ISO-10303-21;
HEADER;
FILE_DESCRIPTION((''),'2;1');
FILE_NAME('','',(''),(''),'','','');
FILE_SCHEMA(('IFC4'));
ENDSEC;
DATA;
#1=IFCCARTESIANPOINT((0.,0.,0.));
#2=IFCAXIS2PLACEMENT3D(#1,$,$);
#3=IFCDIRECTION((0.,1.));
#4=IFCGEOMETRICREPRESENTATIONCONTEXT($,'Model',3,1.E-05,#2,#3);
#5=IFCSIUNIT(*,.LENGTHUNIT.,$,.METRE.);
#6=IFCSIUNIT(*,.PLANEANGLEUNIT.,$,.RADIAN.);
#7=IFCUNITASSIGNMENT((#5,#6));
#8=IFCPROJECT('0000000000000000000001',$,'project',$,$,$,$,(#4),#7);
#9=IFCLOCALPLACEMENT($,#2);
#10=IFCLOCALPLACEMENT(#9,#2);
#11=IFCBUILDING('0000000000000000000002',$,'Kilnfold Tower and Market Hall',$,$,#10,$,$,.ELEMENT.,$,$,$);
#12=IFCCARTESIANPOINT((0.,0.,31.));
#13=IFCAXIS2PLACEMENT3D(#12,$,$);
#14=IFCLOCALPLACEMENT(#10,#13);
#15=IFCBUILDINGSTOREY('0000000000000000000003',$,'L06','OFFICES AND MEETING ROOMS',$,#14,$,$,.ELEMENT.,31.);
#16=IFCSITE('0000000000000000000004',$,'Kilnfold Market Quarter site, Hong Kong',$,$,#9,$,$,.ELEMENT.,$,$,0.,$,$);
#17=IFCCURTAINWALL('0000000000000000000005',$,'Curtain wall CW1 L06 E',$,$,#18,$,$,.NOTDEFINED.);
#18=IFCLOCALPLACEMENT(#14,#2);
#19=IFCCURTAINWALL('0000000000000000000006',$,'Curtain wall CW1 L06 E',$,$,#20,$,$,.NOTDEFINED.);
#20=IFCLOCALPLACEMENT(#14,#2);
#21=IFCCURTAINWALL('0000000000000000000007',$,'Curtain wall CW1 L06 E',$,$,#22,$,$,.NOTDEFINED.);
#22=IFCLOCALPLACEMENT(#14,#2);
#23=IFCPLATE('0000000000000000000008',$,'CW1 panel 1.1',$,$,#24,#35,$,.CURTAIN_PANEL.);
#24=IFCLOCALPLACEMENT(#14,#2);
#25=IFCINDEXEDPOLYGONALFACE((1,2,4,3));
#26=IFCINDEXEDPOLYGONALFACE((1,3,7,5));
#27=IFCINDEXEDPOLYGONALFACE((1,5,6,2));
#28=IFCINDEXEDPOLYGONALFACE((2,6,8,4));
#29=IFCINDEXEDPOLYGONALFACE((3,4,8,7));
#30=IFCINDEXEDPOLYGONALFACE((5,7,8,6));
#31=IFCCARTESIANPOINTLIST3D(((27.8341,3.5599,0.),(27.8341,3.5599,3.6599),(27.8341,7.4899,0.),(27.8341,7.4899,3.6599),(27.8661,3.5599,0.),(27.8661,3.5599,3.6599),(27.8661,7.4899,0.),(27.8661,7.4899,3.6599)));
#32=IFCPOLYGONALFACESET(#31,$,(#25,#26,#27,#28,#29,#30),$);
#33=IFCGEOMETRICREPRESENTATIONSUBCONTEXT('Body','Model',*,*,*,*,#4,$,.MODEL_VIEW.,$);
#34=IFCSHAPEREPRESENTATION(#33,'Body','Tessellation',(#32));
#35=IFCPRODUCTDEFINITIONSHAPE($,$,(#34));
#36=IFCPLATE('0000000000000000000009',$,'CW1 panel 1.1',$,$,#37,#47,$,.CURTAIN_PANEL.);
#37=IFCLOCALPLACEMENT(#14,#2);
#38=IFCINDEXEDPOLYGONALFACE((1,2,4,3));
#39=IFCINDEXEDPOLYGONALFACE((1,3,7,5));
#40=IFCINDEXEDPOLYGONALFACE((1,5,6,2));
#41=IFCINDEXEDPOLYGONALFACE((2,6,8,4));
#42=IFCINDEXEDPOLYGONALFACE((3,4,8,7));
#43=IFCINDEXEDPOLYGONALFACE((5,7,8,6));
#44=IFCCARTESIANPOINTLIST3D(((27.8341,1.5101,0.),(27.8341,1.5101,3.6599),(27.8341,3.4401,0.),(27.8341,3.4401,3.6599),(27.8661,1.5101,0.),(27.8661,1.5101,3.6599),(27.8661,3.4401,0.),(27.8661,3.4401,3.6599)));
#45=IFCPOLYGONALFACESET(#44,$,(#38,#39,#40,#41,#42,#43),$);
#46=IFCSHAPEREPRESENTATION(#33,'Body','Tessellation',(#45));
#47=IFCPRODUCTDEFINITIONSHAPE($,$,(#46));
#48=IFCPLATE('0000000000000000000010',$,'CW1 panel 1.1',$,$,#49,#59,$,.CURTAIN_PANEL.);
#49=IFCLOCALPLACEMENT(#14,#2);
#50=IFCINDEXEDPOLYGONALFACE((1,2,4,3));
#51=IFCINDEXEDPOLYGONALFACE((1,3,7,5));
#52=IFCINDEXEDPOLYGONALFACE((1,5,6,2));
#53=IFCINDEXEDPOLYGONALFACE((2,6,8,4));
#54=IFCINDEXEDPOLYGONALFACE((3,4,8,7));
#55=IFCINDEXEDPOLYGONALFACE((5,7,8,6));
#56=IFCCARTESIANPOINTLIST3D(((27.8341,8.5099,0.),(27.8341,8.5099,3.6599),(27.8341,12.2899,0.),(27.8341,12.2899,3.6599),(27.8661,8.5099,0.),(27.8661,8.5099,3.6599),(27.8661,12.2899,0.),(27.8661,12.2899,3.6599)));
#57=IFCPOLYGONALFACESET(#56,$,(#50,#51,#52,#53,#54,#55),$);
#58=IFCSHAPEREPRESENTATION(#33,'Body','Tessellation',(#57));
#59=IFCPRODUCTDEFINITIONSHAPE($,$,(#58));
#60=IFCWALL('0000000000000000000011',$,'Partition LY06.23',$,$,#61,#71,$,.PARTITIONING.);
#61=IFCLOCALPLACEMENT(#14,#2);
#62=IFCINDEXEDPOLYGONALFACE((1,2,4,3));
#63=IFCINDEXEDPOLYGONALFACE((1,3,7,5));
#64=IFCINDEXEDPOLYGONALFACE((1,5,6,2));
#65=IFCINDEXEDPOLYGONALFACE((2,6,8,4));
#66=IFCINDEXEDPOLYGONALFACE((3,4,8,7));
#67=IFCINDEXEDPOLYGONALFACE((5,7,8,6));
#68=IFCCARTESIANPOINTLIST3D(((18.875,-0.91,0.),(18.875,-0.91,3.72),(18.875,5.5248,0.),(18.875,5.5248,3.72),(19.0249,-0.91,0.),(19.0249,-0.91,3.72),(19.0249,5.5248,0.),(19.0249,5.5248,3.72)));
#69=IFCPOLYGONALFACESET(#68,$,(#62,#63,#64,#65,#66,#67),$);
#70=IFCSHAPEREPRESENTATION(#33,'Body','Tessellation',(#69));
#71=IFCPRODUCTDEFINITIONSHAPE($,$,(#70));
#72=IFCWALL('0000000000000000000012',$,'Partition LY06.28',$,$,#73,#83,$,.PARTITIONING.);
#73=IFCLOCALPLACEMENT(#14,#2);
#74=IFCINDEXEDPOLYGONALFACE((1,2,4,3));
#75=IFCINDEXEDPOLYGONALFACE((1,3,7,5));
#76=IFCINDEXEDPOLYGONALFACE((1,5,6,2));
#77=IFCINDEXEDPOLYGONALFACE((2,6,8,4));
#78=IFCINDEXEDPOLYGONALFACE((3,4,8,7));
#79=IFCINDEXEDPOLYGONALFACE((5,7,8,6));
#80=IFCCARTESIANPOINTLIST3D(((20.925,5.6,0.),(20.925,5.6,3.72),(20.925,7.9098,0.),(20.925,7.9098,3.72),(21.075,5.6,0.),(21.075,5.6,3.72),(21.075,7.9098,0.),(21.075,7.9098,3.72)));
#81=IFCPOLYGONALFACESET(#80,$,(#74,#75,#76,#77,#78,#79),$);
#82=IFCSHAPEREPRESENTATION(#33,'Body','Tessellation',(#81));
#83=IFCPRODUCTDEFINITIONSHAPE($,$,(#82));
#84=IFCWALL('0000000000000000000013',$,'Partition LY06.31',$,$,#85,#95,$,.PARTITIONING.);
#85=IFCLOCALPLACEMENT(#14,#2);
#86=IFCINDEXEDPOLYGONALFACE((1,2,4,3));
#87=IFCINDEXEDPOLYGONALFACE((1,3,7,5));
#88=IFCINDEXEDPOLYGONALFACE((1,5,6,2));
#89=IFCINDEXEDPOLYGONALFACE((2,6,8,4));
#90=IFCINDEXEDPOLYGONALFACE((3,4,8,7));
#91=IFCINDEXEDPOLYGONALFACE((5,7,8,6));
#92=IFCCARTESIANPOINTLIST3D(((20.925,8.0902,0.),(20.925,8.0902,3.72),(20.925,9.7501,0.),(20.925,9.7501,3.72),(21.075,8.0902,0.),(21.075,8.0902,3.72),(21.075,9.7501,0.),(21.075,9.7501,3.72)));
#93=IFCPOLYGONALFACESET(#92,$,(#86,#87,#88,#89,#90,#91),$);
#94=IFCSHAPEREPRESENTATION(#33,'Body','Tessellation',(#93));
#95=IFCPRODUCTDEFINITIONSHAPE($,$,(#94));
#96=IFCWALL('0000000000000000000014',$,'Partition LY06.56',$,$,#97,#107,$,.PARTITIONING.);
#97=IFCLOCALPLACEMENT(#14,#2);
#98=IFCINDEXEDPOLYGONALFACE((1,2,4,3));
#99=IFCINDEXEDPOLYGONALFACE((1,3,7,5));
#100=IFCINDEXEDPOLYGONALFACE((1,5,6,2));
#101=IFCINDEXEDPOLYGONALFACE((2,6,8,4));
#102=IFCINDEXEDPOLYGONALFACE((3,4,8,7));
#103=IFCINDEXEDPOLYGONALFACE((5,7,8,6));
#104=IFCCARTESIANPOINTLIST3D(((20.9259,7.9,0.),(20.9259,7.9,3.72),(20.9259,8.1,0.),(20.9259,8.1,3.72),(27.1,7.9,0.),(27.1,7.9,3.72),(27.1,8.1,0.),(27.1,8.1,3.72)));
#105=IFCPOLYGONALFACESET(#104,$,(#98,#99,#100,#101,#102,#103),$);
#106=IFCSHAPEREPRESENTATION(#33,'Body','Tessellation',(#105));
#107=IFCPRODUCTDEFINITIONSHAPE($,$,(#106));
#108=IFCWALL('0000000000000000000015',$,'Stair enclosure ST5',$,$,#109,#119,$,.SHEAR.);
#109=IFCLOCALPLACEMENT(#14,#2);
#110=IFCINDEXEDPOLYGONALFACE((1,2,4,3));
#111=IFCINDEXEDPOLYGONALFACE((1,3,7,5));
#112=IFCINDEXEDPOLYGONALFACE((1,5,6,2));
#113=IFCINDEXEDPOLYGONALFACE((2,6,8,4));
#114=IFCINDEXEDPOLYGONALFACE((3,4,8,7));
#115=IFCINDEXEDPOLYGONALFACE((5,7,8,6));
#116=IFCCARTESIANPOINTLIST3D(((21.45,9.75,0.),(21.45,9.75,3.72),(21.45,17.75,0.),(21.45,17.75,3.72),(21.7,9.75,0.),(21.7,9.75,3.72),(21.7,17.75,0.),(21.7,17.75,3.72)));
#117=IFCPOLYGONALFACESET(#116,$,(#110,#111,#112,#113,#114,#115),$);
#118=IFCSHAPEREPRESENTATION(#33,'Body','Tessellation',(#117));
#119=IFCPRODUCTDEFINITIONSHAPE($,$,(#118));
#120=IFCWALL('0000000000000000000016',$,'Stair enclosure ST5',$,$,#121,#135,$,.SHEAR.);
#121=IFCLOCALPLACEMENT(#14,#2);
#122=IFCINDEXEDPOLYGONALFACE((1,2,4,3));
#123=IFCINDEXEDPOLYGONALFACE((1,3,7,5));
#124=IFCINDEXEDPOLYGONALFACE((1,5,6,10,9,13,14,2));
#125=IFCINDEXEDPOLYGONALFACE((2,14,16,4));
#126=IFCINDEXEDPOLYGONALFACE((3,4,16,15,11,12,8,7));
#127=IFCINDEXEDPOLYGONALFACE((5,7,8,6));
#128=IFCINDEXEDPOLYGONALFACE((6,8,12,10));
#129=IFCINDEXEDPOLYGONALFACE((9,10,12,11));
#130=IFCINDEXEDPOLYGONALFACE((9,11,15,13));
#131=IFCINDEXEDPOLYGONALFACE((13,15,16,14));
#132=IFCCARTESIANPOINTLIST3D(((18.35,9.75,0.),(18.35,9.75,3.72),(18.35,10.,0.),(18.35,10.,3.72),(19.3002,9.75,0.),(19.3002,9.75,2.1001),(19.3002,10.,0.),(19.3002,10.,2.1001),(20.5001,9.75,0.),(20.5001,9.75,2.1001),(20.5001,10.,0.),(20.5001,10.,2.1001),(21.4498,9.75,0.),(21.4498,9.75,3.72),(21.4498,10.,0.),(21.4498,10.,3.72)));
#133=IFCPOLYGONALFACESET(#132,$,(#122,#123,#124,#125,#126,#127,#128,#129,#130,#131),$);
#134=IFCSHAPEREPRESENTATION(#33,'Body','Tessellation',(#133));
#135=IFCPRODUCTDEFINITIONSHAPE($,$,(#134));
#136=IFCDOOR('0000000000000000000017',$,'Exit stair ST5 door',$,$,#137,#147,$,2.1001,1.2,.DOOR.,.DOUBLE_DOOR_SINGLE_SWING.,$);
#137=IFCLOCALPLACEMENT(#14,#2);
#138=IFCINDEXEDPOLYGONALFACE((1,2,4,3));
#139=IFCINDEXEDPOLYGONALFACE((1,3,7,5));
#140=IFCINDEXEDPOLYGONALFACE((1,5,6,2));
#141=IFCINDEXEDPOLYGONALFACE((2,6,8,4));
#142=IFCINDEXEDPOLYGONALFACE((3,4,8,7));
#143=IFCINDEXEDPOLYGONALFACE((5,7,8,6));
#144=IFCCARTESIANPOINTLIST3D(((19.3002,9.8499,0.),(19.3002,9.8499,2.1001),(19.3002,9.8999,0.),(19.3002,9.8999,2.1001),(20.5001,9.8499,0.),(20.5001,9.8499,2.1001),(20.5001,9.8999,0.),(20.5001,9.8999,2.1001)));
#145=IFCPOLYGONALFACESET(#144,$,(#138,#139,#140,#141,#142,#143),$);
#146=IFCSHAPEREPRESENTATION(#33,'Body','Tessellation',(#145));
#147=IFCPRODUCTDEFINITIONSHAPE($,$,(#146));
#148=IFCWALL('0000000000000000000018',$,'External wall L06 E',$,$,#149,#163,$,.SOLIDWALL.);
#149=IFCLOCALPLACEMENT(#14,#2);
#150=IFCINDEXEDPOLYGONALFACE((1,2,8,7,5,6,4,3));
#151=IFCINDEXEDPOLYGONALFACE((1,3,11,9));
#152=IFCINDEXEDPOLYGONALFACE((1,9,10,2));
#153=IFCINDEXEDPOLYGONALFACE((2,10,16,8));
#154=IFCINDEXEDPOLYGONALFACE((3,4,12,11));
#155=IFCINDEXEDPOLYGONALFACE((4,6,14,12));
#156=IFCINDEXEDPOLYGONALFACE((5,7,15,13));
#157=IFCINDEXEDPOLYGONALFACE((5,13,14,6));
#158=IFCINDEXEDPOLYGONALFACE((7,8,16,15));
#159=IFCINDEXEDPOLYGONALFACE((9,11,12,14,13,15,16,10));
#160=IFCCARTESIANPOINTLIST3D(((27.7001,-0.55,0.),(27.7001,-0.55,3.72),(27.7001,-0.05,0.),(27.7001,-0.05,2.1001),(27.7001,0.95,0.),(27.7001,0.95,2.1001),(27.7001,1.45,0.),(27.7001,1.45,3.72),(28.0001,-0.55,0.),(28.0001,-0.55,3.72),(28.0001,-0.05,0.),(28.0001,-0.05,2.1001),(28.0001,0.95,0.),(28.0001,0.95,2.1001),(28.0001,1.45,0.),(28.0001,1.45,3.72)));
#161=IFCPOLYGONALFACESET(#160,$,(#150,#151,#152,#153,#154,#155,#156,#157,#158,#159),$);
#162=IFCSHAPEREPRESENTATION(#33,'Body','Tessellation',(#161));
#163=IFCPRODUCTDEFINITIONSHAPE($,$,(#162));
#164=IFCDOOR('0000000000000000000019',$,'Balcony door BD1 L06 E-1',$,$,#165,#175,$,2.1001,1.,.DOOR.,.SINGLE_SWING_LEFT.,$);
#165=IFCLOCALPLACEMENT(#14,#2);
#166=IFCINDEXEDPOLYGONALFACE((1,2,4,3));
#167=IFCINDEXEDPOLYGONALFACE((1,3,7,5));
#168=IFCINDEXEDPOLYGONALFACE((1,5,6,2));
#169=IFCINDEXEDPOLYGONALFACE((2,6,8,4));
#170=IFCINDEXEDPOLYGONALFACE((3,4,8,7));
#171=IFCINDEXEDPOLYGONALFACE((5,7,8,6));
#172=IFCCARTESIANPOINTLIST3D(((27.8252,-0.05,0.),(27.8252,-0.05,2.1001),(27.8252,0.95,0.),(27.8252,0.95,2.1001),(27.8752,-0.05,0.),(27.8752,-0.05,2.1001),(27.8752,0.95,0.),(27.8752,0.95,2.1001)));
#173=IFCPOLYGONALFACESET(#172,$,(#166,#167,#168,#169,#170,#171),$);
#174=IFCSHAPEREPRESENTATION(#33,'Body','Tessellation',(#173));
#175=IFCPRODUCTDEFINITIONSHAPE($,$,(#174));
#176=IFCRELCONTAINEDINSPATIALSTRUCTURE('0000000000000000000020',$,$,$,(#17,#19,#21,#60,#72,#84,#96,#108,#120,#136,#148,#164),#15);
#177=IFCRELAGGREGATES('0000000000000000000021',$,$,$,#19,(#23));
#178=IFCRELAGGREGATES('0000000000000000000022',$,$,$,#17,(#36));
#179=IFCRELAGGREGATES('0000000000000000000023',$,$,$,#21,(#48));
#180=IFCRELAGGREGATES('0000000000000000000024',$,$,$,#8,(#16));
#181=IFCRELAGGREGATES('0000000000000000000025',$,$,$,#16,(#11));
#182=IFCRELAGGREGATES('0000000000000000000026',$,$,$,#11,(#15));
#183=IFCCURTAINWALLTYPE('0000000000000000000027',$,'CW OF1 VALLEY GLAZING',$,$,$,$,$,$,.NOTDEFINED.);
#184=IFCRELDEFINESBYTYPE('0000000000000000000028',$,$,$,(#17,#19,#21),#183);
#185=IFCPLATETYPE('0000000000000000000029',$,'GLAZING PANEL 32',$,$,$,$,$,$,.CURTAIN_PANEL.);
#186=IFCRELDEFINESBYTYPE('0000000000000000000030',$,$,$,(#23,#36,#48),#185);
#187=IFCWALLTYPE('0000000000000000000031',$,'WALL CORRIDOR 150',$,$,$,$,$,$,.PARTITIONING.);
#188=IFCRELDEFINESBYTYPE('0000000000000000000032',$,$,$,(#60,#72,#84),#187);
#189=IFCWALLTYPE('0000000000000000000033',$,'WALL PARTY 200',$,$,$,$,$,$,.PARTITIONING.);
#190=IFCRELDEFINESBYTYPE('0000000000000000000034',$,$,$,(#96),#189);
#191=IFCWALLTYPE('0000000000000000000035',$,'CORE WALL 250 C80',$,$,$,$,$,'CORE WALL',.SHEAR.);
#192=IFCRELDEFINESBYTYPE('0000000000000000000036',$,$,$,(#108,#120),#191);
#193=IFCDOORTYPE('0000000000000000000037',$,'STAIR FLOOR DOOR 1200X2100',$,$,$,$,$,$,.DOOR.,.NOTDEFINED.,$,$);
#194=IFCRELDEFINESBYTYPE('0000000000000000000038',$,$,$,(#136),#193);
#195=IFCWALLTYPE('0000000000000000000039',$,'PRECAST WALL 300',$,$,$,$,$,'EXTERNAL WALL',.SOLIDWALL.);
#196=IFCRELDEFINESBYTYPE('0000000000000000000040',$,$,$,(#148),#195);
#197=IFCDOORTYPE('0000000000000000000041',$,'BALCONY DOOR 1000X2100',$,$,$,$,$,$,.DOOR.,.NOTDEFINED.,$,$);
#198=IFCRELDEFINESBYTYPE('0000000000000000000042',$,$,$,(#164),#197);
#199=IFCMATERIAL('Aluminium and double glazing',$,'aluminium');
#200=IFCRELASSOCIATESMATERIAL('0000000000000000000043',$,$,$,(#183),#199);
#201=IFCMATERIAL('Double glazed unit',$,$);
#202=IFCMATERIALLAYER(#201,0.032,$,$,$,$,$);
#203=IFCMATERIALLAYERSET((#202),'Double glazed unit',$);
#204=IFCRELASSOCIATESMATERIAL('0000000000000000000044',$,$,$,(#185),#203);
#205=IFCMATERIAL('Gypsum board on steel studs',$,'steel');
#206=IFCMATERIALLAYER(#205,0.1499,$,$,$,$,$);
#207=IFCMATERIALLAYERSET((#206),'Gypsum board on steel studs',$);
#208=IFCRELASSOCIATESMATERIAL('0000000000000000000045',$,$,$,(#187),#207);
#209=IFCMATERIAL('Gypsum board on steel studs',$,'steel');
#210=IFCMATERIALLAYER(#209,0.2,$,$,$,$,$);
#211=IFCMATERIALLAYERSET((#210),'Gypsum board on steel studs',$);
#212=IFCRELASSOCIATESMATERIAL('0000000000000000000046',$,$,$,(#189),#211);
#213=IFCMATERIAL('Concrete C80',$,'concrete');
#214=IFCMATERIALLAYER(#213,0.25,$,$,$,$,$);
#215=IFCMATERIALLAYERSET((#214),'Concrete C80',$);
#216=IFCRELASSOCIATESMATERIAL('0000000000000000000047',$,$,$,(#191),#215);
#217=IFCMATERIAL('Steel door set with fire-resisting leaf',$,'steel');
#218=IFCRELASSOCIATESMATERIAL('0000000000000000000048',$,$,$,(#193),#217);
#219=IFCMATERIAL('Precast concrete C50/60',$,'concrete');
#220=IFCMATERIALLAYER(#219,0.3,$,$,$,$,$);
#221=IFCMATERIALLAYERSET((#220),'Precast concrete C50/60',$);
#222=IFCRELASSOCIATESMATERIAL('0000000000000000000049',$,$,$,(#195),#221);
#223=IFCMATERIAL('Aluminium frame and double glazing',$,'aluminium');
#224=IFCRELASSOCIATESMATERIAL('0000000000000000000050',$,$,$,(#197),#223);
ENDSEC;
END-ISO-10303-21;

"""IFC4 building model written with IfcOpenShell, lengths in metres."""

from ifc_helpers import new_model, si_unit, direction, frame, frame_2d, origin, origin_2d, place, context, subcontext, project, spatial, rectangle, extrude, source, transform, mapped, material, layer, layer_set, type_object, element, fill, aggregate, save


model = new_model("IFC4")

# Units and contexts
model_context = context("Model", 3, precision=1e-05, world=origin(), true_north=direction((0.0, 1.0)))
body_context = subcontext(model_context, "Body", "Model", "MODEL_VIEW")
ifc_project = project(units=[si_unit("LENGTHUNIT", "METRE"), si_unit("PLANEANGLEUNIT", "RADIAN")], contexts=[model_context])

# Site, building, storey
site_placement = place(None, origin())
site = spatial("IfcSite", under=ifc_project, at=site_placement, Name="Kilnfold Market Quarter site, Hong Kong", CompositionType="ELEMENT", RefElevation=0.0)
building_placement = place(site_placement, origin())
building = spatial("IfcBuilding", under=site, at=building_placement, Name="Kilnfold Tower and Market Hall", CompositionType="ELEMENT")
storey_placement = place(building_placement, frame((0.0, 0.0, 31.0)))
storey = spatial("IfcBuildingStorey", under=building, at=storey_placement, Name="L06", Description="OFFICES AND MEETING ROOMS", CompositionType="ELEMENT", Elevation=31.0)

# Shared definitions
ifc_material_1 = material(Name="Aluminium and double glazing", Category="aluminium")
curtain_wall_type = type_object("IfcCurtainWallType", Name="CW OF1 VALLEY GLAZING", PredefinedType="NOTDEFINED", material=ifc_material_1)

# Curtain walls
curtain_wall_1_placement = place(storey_placement, origin())
curtain_wall_1 = element("IfcCurtainWall", 1, at=curtain_wall_1_placement, inside=storey, type_object=curtain_wall_type, Name="Curtain wall CW1 L06 E", PredefinedType="NOTDEFINED")
curtain_wall_2_placement = place(storey_placement, origin())
curtain_wall_2 = element("IfcCurtainWall", 2, at=curtain_wall_2_placement, inside=storey, type_object=curtain_wall_type, Name="Curtain wall CW1 L06 E", PredefinedType="NOTDEFINED")

# Curtain wall
curtain_wall_3_placement = place(storey_placement, origin())
curtain_wall_3 = element("IfcCurtainWall", 3, at=curtain_wall_3_placement, inside=storey, type_object=curtain_wall_type, Name="Curtain wall CW1 L06 E", PredefinedType="NOTDEFINED")

# Plates
ifc_material_2 = material(Name="Double glazed unit")
ifc_layer_1 = layer(ifc_material_2, 0.032)
ifc_layer_set_1 = layer_set([ifc_layer_1], Name="Double glazed unit")
plate_type = type_object("IfcPlateType", Name="GLAZING PANEL 32", PredefinedType="CURTAIN_PANEL", material=ifc_layer_set_1)
shared_shape_1 = source(origin(), body_context, "Body", "SweptSolid", [
    extrude(rectangle(XDim=3.9299, YDim=0.032, at=origin_2d()), origin(), (0.0, 0.0, 1.0), 3.6599),
])
plate_1_placement = place(storey_placement, frame((27.8501, 5.5249, 0.0), z_axis=(0.0, 0.0, 1.0), x_axis=(0.0, 1.0, 0.0)))
plate_1 = element("IfcPlate", 4, at=plate_1_placement, type_object=plate_type, Name="CW1 panel 1.1", PredefinedType="CURTAIN_PANEL", context=body_context, shape_type="MappedRepresentation", body=[
    mapped(shared_shape_1, transform((0.0, 0.0, 0.0))),
])
aggregate(curtain_wall_2, [plate_1])
shared_shape_2 = source(origin(), body_context, "Body", "SweptSolid", [
    extrude(rectangle(XDim=1.9299, YDim=0.032, at=origin_2d()), origin(), (0.0, 0.0, 1.0), 3.6599),
])
plate_2_placement = place(storey_placement, frame((27.8501, 2.4751, 0.0), z_axis=(0.0, 0.0, 1.0), x_axis=(0.0, 1.0, 0.0)))
plate_2 = element("IfcPlate", 5, at=plate_2_placement, type_object=plate_type, Name="CW1 panel 1.1", PredefinedType="CURTAIN_PANEL", context=body_context, shape_type="MappedRepresentation", body=[
    mapped(shared_shape_2, transform((0.0, 0.0, 0.0))),
])
aggregate(curtain_wall_1, [plate_2])
shared_shape_3 = source(origin(), body_context, "Body", "SweptSolid", [
    extrude(rectangle(XDim=3.78, YDim=0.032, at=origin_2d()), origin(), (0.0, 0.0, 1.0), 3.6599),
])
plate_3_placement = place(storey_placement, frame((27.8501, 10.3999, 0.0), z_axis=(0.0, 0.0, 1.0), x_axis=(0.0, 1.0, 0.0)))
plate_3 = element("IfcPlate", 6, at=plate_3_placement, type_object=plate_type, Name="CW1 panel 1.1", PredefinedType="CURTAIN_PANEL", context=body_context, shape_type="MappedRepresentation", body=[
    mapped(shared_shape_3, transform((0.0, 0.0, 0.0))),
])
aggregate(curtain_wall_3, [plate_3])

# Walls
ifc_material_3 = material(Name="Gypsum board on steel studs", Category="steel")
ifc_layer_2 = layer(ifc_material_3, 0.1499)
ifc_layer_set_2 = layer_set([ifc_layer_2], Name="Gypsum board on steel studs")
wall_type_1 = type_object("IfcWallType", Name="WALL CORRIDOR 150", PredefinedType="PARTITIONING", material=ifc_layer_set_2)
wall_1_placement = place(storey_placement, frame((18.95, -0.9099, 0.0), z_axis=(0.0, 0.0, 1.0), x_axis=(0.0, 1.0, 0.0)))
element("IfcWall", 7, at=wall_1_placement, inside=storey, type_object=wall_type_1, Name="Partition LY06.23", PredefinedType="PARTITIONING", context=body_context, shape_type="SweptSolid", body=[
    extrude(rectangle(XDim=6.4348, YDim=0.1499, at=frame_2d((3.2173, 0.0))), origin(), (0.0, 0.0, 1.0), 3.72),
])
wall_2_placement = place(storey_placement, frame((21.0, 5.6001, 0.0), z_axis=(0.0, 0.0, 1.0), x_axis=(0.0, 1.0, 0.0)))
element("IfcWall", 8, at=wall_2_placement, inside=storey, type_object=wall_type_1, Name="Partition LY06.28", PredefinedType="PARTITIONING", context=body_context, shape_type="SweptSolid", body=[
    extrude(rectangle(XDim=2.3098, YDim=0.1499, at=frame_2d((1.1548, 0.0))), origin(), (0.0, 0.0, 1.0), 3.72),
])
wall_3_placement = place(storey_placement, frame((21.0, 8.0901, 0.0), z_axis=(0.0, 0.0, 1.0), x_axis=(0.0, 1.0, 0.0)))
element("IfcWall", 9, at=wall_3_placement, inside=storey, type_object=wall_type_1, Name="Partition LY06.31", PredefinedType="PARTITIONING", context=body_context, shape_type="SweptSolid", body=[
    extrude(rectangle(XDim=1.6599, YDim=0.1499, at=frame_2d((0.8301, 0.0))), origin(), (0.0, 0.0, 1.0), 3.72),
])
ifc_material_4 = material(Name="Gypsum board on steel studs", Category="steel")
ifc_layer_3 = layer(ifc_material_4, 0.2)
ifc_layer_set_3 = layer_set([ifc_layer_3], Name="Gypsum board on steel studs")
wall_type_2 = type_object("IfcWallType", Name="WALL PARTY 200", PredefinedType="PARTITIONING", material=ifc_layer_set_3)
wall_4_placement = place(storey_placement, frame((20.926, 8.0, 0.0), z_axis=(0.0, 0.0, 1.0), x_axis=(1.0, 0.0, 0.0)))
element("IfcWall", 10, at=wall_4_placement, inside=storey, type_object=wall_type_2, Name="Partition LY06.56", PredefinedType="PARTITIONING", context=body_context, shape_type="SweptSolid", body=[
    extrude(rectangle(XDim=6.1741, YDim=0.2, at=frame_2d((3.0869, 0.0))), origin(), (0.0, 0.0, 1.0), 3.72),
])
ifc_material_5 = material(Name="Concrete C80", Category="concrete")
ifc_layer_4 = layer(ifc_material_5, 0.25)
ifc_layer_set_4 = layer_set([ifc_layer_4], Name="Concrete C80")
wall_type_3 = type_object("IfcWallType", Name="CORE WALL 250 C80", ElementType="CORE WALL", PredefinedType="SHEAR", material=ifc_layer_set_4)
shared_shape_4 = source(origin(), body_context, "Body", "SweptSolid", [
    extrude(rectangle(XDim=8.0, YDim=0.25, at=frame_2d((4.0, 0.0))), origin(), (0.0, 0.0, 1.0), 3.72),
])
wall_5_placement = place(storey_placement, frame((21.575, 9.75, 0.0), z_axis=(0.0, 0.0, 1.0), x_axis=(0.0, 1.0, 0.0)))
element("IfcWall", 11, at=wall_5_placement, inside=storey, type_object=wall_type_3, Name="Stair enclosure ST5", PredefinedType="SHEAR", context=body_context, shape_type="MappedRepresentation", body=[
    mapped(shared_shape_4, transform((0.0, 0.0, 0.0))),
])

# Walls, openings, doors
shared_shape_5 = source(origin(), body_context, "Body", "SweptSolid", [
    extrude(rectangle(XDim=3.0999, YDim=0.25, at=frame_2d((1.5498, 0.0))), origin(), (0.0, 0.0, 1.0), 3.72),
])
wall_6_placement = place(storey_placement, frame((18.3501, 9.875, 0.0), z_axis=(0.0, 0.0, 1.0), x_axis=(1.0, 0.0, 0.0)))
wall_6 = element("IfcWall", 12, at=wall_6_placement, inside=storey, type_object=wall_type_3, Name="Stair enclosure ST5", PredefinedType="SHEAR", context=body_context, shape_type="MappedRepresentation", body=[
    mapped(shared_shape_5, transform((0.0, 0.0, 0.0))),
])
opening_1_placement = place(wall_6_placement, frame((0.95, 0.0, 0.0)))
opening_1 = element("IfcOpeningElement", 13, at=opening_1_placement, cuts=wall_6, PredefinedType="OPENING", context=body_context, shape_type="SweptSolid", body=[
    extrude(rectangle(XDim=1.2, YDim=2.1001, at=frame_2d((0.6001, 1.05))), frame((0.0, 0.135, 0.0), z_axis=(0.0, -1.0, 0.0), x_axis=(1.0, 0.0, 0.0)), (0.0, 0.0, 1.0), 0.27),
])
ifc_material_6 = material(Name="Steel door set with fire-resisting leaf", Category="steel")
door_type_1 = type_object("IfcDoorType", Name="STAIR FLOOR DOOR 1200X2100", OperationType="NOTDEFINED", PredefinedType="DOOR", material=ifc_material_6)
door_1_placement = place(opening_1_placement, origin())
door_1 = element("IfcDoor", 14, at=door_1_placement, inside=storey, type_object=door_type_1, Name="Exit stair ST5 door", OperationType="DOUBLE_DOOR_SINGLE_SWING", OverallHeight=2.1001, OverallWidth=1.2, PredefinedType="DOOR", context=body_context, shape_type="SweptSolid", body=[
    extrude(rectangle(XDim=1.2, YDim=2.1001, at=frame_2d((0.6001, 1.05))), frame((0.0, 0.0249, 0.0), z_axis=(0.0, -1.0, 0.0), x_axis=(1.0, 0.0, 0.0)), (0.0, 0.0, 1.0), 0.05),
])
fill(opening_1, door_1)
ifc_material_7 = material(Name="Precast concrete C50/60", Category="concrete")
ifc_layer_5 = layer(ifc_material_7, 0.3)
ifc_layer_set_5 = layer_set([ifc_layer_5], Name="Precast concrete C50/60")
wall_type_4 = type_object("IfcWallType", Name="PRECAST WALL 300", ElementType="EXTERNAL WALL", PredefinedType="SOLIDWALL", material=ifc_layer_set_5)
shared_shape_6 = source(origin(), body_context, "Body", "SweptSolid", [
    extrude(rectangle(XDim=2.0, YDim=0.3, at=frame_2d((1.0, 0.0))), origin(), (0.0, 0.0, 1.0), 3.72),
])
wall_7_placement = place(storey_placement, frame((27.8501, -0.55, 0.0), z_axis=(0.0, 0.0, 1.0), x_axis=(0.0, 1.0, 0.0)))
wall_7 = element("IfcWall", 15, at=wall_7_placement, inside=storey, type_object=wall_type_4, Name="External wall L06 E", PredefinedType="SOLIDWALL", context=body_context, shape_type="MappedRepresentation", body=[
    mapped(shared_shape_6, transform((0.0, 0.0, 0.0))),
])
opening_2_placement = place(wall_7_placement, frame((0.5, 0.0, 0.0)))
opening_2 = element("IfcOpeningElement", 16, at=opening_2_placement, cuts=wall_7, PredefinedType="OPENING", context=body_context, shape_type="SweptSolid", body=[
    extrude(rectangle(XDim=1.0, YDim=2.1001, at=frame_2d((0.5, 1.05))), frame((0.0, 0.1602, 0.0), z_axis=(0.0, -1.0, 0.0), x_axis=(1.0, 0.0, 0.0)), (0.0, 0.0, 1.0), 0.3201),
])
ifc_material_8 = material(Name="Aluminium frame and double glazing", Category="aluminium")
door_type_2 = type_object("IfcDoorType", Name="BALCONY DOOR 1000X2100", OperationType="NOTDEFINED", PredefinedType="DOOR", material=ifc_material_8)
door_2_placement = place(opening_2_placement, origin())
door_2 = element("IfcDoor", 17, at=door_2_placement, inside=storey, type_object=door_type_2, Name="Balcony door BD1 L06 E-1", OperationType="SINGLE_SWING_LEFT", OverallHeight=2.1001, OverallWidth=1.0, PredefinedType="DOOR", context=body_context, shape_type="SweptSolid", body=[
    extrude(rectangle(XDim=1.0, YDim=2.1001, at=frame_2d((0.5, 1.05))), frame((0.0, 0.0249, 0.0), z_axis=(0.0, -1.0, 0.0), x_axis=(1.0, 0.0, 0.0)), (0.0, 0.0, 1.0), 0.05),
])
fill(opening_2, door_2)

save(model, "model.ifc")
